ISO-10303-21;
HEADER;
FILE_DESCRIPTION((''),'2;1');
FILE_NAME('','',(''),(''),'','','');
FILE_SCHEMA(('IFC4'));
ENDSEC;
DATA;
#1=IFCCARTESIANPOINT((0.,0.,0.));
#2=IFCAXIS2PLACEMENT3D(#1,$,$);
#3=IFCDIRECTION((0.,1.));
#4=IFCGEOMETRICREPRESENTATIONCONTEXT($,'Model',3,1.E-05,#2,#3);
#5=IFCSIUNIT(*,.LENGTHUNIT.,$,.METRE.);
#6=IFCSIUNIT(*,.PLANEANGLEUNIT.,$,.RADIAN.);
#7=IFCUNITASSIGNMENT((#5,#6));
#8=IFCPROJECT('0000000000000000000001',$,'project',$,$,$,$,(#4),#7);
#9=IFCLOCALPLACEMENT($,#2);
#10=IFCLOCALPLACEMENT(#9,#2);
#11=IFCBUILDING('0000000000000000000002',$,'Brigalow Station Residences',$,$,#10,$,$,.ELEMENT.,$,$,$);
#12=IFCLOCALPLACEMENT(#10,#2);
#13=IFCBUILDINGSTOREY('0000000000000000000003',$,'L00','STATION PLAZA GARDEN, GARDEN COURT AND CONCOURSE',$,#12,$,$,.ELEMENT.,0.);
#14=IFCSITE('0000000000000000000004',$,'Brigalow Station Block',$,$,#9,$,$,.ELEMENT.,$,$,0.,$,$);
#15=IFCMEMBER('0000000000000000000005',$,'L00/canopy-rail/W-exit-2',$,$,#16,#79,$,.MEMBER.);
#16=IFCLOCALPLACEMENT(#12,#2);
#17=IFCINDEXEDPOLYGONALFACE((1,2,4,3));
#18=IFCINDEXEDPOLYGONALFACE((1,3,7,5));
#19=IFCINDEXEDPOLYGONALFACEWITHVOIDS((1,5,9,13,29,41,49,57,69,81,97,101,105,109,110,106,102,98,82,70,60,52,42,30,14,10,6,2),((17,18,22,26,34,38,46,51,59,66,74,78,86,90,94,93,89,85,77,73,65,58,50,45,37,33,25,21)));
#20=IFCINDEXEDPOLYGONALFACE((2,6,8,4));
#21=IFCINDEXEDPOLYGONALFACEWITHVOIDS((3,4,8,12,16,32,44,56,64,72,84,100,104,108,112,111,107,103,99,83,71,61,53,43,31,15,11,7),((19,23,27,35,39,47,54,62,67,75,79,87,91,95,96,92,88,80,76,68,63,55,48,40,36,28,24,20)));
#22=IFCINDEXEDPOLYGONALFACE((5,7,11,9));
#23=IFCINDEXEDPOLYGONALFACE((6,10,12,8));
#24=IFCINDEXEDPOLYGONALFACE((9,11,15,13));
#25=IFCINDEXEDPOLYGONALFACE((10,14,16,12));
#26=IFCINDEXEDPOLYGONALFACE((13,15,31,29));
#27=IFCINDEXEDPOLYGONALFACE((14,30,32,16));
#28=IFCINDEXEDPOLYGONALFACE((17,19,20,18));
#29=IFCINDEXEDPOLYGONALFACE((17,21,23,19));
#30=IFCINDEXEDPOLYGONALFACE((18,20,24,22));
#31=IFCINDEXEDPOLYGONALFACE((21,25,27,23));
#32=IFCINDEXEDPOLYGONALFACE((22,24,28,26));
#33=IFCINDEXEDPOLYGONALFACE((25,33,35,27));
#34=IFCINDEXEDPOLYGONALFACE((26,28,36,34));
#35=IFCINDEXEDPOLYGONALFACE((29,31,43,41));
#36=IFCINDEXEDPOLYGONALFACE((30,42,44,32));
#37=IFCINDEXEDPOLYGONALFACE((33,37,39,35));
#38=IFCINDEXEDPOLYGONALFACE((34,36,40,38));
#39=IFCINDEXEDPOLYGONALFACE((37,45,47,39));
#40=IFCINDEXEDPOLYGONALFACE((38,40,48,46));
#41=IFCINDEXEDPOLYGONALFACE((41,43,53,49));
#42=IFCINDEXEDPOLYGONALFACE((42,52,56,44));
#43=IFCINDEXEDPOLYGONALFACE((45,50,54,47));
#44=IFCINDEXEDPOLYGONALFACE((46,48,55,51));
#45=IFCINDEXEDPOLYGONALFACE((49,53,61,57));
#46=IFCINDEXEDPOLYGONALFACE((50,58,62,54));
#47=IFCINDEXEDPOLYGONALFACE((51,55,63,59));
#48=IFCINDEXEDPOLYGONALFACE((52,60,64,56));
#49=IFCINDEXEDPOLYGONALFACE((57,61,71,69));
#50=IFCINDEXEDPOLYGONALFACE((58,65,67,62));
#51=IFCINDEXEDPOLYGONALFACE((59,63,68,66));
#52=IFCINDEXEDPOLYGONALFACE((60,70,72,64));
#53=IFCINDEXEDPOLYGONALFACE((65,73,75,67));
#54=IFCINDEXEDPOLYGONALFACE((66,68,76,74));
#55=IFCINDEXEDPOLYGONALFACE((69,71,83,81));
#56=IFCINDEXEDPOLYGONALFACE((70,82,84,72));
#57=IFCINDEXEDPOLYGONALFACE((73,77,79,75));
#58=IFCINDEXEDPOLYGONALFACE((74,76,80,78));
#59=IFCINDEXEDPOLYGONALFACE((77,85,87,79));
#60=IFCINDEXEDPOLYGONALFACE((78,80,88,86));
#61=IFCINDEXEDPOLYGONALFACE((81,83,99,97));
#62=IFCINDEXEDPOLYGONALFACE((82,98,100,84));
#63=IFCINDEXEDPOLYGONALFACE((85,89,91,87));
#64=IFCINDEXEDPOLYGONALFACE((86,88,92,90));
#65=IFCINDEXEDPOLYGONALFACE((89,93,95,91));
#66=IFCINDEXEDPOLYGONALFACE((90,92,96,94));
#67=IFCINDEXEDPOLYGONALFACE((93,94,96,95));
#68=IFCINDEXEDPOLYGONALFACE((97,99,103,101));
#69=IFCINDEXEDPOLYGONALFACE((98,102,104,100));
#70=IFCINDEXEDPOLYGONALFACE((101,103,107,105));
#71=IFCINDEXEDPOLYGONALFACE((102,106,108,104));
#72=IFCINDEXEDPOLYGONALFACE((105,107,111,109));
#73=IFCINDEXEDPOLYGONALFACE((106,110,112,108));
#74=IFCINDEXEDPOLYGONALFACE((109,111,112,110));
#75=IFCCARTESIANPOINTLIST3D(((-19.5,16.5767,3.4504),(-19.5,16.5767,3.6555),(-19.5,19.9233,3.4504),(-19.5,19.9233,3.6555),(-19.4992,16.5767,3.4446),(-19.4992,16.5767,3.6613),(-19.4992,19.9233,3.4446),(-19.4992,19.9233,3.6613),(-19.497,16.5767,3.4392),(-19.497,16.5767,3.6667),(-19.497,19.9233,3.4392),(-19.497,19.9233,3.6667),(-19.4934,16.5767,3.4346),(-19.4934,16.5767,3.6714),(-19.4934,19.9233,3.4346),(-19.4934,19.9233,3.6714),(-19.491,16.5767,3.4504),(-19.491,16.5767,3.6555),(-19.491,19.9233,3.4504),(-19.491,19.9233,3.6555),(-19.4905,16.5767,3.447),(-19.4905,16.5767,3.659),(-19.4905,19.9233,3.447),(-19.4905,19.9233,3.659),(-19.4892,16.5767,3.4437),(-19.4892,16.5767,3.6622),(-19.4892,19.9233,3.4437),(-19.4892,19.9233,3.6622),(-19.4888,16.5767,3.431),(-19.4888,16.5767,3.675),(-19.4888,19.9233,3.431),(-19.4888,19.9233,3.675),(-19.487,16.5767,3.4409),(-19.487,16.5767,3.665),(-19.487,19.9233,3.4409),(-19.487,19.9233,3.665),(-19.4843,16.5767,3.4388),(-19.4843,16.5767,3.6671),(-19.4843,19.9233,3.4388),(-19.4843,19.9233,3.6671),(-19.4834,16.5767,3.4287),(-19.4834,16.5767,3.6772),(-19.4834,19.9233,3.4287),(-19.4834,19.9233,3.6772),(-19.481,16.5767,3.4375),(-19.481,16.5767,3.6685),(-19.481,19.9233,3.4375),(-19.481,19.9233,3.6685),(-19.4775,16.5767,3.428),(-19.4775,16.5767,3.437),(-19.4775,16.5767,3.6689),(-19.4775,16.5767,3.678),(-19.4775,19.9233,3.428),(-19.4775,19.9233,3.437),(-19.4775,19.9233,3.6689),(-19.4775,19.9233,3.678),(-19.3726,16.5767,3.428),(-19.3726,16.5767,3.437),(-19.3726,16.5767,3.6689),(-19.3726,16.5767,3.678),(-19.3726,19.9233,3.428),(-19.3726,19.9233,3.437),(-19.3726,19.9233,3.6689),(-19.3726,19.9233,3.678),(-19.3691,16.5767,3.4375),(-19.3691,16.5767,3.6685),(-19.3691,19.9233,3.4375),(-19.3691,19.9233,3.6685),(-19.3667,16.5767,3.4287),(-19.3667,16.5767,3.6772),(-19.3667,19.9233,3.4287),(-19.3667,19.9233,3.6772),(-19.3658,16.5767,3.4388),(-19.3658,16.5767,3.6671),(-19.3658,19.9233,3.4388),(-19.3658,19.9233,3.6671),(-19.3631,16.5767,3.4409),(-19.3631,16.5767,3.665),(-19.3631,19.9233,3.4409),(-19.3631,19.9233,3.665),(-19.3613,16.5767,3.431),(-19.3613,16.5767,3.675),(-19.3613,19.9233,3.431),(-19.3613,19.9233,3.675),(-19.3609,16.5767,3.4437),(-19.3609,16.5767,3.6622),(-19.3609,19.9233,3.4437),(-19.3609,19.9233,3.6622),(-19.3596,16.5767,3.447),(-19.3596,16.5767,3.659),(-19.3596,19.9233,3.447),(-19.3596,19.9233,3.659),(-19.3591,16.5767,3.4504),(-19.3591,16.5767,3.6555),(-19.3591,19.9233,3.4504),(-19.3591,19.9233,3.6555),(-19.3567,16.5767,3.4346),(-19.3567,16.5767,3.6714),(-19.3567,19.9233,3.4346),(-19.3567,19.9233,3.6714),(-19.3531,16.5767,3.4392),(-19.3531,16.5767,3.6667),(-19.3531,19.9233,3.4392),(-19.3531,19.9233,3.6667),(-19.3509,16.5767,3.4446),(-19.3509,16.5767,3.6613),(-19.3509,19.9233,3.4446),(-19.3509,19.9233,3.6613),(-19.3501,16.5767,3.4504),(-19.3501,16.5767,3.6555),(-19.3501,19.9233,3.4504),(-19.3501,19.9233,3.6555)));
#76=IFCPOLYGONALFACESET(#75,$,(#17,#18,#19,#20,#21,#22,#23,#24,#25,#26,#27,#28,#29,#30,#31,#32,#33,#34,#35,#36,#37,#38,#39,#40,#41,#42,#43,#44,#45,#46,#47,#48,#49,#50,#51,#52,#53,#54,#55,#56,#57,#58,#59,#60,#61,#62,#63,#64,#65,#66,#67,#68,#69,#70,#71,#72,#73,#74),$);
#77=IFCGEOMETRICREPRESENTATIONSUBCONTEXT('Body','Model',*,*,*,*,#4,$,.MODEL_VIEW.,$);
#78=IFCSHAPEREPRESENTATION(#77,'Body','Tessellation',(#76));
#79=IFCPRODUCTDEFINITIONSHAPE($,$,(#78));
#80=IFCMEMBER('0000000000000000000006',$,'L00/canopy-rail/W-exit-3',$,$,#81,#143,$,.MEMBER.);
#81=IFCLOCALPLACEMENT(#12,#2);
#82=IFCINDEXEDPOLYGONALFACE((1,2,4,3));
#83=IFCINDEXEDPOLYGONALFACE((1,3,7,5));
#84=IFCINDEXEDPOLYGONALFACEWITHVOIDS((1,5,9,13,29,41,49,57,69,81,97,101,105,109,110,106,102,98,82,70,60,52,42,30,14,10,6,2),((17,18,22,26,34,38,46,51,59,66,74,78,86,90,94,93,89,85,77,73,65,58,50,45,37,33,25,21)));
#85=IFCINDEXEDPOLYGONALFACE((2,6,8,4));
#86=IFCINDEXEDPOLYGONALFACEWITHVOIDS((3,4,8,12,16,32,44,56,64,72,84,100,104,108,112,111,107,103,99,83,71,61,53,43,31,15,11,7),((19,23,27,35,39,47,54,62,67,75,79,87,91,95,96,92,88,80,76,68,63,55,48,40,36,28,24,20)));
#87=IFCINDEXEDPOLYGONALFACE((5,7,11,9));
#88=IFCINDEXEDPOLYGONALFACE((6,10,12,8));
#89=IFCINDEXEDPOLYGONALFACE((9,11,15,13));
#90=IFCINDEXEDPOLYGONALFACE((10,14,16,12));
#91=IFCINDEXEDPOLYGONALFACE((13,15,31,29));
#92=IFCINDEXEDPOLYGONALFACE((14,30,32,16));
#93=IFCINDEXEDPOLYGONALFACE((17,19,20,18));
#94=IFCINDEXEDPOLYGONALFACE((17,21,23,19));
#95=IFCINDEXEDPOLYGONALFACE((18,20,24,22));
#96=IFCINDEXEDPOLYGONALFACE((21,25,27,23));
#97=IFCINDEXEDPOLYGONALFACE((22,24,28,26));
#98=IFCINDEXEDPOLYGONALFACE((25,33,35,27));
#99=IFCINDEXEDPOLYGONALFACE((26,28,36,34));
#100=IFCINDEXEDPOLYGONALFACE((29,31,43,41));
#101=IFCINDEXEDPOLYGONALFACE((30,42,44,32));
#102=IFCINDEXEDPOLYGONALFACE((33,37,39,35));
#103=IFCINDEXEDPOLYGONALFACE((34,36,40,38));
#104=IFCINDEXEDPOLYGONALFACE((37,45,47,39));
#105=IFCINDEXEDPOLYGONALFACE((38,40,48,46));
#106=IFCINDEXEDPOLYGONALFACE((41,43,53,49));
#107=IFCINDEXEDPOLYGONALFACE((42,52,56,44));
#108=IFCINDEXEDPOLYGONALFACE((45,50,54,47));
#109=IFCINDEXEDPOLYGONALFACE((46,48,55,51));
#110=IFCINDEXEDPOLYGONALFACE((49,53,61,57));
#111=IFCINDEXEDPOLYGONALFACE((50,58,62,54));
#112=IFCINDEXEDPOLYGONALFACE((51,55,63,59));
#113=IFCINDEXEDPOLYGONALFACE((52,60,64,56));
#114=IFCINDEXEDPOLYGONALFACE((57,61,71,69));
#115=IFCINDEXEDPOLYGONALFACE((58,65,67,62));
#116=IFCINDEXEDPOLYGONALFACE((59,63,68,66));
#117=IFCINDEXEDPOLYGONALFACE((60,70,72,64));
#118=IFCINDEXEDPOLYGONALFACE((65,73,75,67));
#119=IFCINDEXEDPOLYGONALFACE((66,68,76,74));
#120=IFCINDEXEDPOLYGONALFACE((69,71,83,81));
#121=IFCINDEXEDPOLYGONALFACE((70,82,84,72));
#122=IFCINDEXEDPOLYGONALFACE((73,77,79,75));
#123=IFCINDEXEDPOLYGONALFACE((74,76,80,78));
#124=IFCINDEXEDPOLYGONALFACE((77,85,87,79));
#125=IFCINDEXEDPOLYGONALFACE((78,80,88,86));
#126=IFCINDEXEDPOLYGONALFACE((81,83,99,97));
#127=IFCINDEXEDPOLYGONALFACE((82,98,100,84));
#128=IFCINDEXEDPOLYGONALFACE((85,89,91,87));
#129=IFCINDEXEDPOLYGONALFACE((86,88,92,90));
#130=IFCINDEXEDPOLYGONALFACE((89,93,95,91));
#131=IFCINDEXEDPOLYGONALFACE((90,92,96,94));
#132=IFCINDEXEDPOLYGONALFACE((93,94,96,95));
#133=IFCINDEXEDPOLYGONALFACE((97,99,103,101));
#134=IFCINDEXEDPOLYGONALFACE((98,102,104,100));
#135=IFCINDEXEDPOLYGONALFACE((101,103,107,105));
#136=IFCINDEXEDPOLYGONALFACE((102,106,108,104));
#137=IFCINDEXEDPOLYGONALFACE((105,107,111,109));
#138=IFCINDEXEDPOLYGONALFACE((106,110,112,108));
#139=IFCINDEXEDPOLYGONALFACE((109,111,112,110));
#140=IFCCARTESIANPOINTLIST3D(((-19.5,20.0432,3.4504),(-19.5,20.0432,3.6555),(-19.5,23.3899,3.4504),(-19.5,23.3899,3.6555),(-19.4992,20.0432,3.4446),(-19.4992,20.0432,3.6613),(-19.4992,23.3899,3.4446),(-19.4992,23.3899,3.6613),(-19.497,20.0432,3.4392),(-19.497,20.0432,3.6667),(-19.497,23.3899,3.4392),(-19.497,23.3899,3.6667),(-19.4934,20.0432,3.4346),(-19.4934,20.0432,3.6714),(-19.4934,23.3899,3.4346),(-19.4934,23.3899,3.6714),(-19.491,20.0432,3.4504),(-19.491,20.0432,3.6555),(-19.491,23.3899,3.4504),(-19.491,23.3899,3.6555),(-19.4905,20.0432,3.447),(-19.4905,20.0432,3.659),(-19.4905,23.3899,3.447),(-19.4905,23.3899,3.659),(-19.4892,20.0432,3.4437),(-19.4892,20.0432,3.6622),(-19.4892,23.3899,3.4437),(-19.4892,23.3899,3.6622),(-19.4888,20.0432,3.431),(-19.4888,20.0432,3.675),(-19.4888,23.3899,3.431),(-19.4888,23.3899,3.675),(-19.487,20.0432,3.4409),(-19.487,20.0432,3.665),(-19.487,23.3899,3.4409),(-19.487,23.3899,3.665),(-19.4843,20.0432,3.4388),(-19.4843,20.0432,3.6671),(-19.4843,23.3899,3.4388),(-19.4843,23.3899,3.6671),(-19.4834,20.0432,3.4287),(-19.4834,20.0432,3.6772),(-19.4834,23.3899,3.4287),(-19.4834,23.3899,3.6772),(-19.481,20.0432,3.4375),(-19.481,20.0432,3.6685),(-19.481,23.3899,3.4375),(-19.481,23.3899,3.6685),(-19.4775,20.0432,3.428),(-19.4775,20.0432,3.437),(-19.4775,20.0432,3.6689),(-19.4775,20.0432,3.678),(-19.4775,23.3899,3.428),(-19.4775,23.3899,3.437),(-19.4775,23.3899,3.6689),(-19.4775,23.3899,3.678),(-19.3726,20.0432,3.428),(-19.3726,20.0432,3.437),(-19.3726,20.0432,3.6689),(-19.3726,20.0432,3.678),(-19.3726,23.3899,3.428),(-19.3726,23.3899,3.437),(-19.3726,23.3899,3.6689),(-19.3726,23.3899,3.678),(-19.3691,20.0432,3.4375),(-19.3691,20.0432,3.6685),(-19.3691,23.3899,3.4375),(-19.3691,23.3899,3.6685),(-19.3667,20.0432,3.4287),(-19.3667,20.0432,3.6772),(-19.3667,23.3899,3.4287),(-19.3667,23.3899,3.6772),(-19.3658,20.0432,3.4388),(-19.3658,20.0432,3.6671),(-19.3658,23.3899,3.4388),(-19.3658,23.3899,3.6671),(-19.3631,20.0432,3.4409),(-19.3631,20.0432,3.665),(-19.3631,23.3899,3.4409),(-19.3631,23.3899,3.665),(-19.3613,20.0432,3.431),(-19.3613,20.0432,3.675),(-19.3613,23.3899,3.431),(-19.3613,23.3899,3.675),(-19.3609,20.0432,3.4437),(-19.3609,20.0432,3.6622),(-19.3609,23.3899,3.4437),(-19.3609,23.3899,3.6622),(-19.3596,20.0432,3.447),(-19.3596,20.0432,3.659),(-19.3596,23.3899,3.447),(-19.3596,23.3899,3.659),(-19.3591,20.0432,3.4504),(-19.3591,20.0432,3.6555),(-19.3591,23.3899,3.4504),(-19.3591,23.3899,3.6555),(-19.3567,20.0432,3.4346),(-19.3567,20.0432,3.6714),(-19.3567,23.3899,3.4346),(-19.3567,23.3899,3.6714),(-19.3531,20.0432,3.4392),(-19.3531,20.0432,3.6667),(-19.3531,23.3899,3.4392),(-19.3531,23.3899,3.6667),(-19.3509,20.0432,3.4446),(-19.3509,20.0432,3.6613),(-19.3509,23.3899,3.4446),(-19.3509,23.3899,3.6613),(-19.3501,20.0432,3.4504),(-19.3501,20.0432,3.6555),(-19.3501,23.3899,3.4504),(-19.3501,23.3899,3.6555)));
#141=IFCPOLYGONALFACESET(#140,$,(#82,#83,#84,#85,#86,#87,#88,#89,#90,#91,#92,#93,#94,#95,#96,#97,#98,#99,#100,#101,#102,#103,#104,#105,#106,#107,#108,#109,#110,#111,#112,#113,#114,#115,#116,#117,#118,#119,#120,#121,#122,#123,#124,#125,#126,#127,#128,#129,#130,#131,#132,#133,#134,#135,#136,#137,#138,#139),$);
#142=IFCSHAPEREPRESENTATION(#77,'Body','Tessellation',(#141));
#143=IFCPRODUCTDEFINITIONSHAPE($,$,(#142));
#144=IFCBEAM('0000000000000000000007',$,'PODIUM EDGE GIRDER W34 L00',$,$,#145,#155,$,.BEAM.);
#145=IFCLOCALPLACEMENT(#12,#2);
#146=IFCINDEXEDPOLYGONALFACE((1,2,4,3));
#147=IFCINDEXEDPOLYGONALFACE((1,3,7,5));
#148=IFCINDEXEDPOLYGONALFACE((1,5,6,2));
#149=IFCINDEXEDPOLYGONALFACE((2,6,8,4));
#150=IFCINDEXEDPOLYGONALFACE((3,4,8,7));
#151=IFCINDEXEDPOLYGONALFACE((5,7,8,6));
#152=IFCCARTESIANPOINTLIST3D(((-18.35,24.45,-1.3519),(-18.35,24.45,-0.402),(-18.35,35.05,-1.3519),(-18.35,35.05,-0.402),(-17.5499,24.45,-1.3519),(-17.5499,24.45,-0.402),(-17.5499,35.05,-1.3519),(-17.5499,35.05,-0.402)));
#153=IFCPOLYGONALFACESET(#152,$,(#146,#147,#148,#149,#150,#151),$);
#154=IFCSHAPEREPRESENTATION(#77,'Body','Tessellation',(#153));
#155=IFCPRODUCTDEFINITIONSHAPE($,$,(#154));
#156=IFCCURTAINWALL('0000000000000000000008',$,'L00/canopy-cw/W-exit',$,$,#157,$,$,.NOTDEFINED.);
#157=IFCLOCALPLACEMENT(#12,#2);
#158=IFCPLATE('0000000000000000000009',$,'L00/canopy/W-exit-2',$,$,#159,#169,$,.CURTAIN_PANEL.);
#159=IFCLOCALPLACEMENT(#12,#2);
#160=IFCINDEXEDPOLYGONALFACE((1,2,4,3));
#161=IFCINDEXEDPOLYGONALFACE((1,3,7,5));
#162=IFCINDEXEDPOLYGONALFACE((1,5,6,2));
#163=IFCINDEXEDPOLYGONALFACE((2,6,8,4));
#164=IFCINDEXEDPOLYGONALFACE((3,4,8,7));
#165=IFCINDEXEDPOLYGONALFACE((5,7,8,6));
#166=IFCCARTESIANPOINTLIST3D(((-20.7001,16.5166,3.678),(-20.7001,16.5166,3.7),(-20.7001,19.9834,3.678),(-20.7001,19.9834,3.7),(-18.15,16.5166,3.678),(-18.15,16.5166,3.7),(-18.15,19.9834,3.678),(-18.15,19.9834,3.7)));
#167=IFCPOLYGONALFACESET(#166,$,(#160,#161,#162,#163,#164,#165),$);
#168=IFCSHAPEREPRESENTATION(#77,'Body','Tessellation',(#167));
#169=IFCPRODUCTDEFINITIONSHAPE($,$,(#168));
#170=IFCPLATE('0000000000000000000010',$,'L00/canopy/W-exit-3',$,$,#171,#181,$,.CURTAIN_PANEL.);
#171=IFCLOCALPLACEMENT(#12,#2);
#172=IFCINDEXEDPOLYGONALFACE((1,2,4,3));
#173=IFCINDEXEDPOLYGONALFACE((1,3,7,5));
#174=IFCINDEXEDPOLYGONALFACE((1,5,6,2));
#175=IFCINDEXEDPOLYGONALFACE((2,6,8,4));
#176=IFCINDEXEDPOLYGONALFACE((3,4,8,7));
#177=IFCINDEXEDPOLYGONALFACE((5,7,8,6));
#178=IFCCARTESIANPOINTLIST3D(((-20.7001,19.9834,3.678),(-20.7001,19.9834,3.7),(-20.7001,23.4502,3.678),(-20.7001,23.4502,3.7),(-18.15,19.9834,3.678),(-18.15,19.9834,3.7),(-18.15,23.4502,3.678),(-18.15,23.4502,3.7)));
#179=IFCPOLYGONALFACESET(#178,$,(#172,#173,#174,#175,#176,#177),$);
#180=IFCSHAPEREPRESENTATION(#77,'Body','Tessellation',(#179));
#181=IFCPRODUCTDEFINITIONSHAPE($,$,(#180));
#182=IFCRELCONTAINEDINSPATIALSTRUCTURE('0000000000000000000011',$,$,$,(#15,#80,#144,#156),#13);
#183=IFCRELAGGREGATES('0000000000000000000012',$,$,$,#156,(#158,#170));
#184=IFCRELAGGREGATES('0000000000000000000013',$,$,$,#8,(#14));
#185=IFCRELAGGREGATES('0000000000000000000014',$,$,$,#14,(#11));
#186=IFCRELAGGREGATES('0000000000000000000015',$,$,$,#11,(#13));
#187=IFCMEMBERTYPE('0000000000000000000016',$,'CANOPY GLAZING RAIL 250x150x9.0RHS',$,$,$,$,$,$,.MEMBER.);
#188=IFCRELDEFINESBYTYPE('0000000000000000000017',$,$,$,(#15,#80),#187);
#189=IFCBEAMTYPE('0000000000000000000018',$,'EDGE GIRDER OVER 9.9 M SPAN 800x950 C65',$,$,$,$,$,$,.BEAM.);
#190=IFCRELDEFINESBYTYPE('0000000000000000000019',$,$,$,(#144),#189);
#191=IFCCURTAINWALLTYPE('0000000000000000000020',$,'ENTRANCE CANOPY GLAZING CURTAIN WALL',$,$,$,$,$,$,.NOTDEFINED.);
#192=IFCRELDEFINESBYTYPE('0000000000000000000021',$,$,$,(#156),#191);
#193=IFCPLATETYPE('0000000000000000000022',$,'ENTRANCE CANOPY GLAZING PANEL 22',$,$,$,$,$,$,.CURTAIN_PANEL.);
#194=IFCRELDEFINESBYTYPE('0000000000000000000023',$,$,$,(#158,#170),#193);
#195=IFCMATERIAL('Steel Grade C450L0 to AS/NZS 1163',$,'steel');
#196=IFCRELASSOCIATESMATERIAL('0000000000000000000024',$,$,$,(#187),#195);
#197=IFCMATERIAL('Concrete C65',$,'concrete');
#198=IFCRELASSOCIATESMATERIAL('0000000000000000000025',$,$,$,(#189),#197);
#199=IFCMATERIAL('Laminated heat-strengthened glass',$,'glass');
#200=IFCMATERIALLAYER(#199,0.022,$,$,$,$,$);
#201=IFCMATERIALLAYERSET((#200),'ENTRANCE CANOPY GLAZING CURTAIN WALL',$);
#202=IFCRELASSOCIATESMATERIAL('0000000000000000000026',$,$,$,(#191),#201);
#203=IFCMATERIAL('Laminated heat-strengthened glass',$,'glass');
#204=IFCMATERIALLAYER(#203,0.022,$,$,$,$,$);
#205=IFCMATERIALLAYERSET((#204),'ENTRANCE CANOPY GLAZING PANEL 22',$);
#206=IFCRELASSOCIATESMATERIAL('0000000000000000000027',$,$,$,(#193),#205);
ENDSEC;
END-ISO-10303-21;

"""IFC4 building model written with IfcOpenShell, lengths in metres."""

from ifc_helpers import new_model, si_unit, direction, frame, origin, origin_2d, place, context, subcontext, project, spatial, rectangle, hollow_rectangle, extrude, material, layer, layer_set, material_profile, profile_set, type_object, element, aggregate, save


model = new_model("IFC4")

# Units and contexts
model_context = context("Model", 3, precision=1e-05, world=origin(), true_north=direction((0.0, 1.0)))
body_context = subcontext(model_context, "Body", "Model", "MODEL_VIEW")
ifc_project = project(units=[si_unit("LENGTHUNIT", "METRE"), si_unit("PLANEANGLEUNIT", "RADIAN")], contexts=[model_context])

# Site, building, storey
site_placement = place(None, origin())
site = spatial("IfcSite", under=ifc_project, at=site_placement, Name="Brigalow Station Block", CompositionType="ELEMENT", RefElevation=0.0)
building_placement = place(site_placement, origin())
building = spatial("IfcBuilding", under=site, at=building_placement, Name="Brigalow Station Residences", CompositionType="ELEMENT")
storey_placement = place(building_placement, origin())
storey = spatial("IfcBuildingStorey", under=building, at=storey_placement, Name="L00", Description="STATION PLAZA GARDEN, GARDEN COURT AND CONCOURSE", CompositionType="ELEMENT", Elevation=0.0)

# Members
ifc_material_1 = material(Name="Steel Grade C450L0 to AS/NZS 1163", Category="steel")
ifc_material_profile_1 = material_profile(ifc_material_1, hollow_rectangle(XDim=0.1499, YDim=0.25, WallThickness=0.009, InnerFilletRadius=0.0134, OuterFilletRadius=0.0225, at=origin_2d()), Name="250x150x9.0RHS")
ifc_profile_set_1 = profile_set([ifc_material_profile_1], Name="Steel Grade C450L0 to AS/NZS 1163")
member_type = type_object("IfcMemberType", Name="CANOPY GLAZING RAIL 250x150x9.0RHS", PredefinedType="MEMBER", material=ifc_profile_set_1)
for number, where, z_axis, x_axis, name in (
    (1, (-19.425, 16.5767, 3.553), (0.0, 1.0, 0.0), (-1.0, 0.0, 0.0), "L00/canopy-rail/W-exit-2"),
    (2, (-19.425, 20.0432, 3.553), (0.0, 1.0, 0.0), (-1.0, 0.0, 0.0), "L00/canopy-rail/W-exit-3"),
):
    element("IfcMember", number, at=place(storey_placement, frame(where, z_axis=z_axis, x_axis=x_axis)), inside=storey, type_object=member_type, Name=name, PredefinedType="MEMBER", context=body_context, shape_type="SweptSolid", body=[
        extrude(hollow_rectangle(XDim=0.1499, YDim=0.25, WallThickness=0.009, InnerFilletRadius=0.0134, OuterFilletRadius=0.0225, at=origin_2d()), origin(), (0.0, 0.0, 1.0), 3.3467),
    ])

# Beam
ifc_material_2 = material(Name="Concrete C65", Category="concrete")
ifc_material_profile_2 = material_profile(ifc_material_2, rectangle(XDim=0.8, YDim=0.95, at=origin_2d()), Name="RC800x950")
ifc_profile_set_2 = profile_set([ifc_material_profile_2], Name="Concrete C65")
beam_type_1 = type_object("IfcBeamType", Name="EDGE GIRDER OVER 9.9 M SPAN 800x950 C65", PredefinedType="BEAM", material=ifc_profile_set_2)
beam_placement = place(storey_placement, frame((-17.95, 24.45, -0.877), z_axis=(0.0, 1.0, 0.0), x_axis=(-1.0, 0.0, 0.0)))
element("IfcBeam", 3, at=beam_placement, inside=storey, type_object=beam_type_1, Name="PODIUM EDGE GIRDER W34 L00", PredefinedType="BEAM", context=body_context, shape_type="SweptSolid", body=[
    extrude(rectangle(XDim=0.8, YDim=0.95, at=origin_2d()), origin(), (0.0, 0.0, 1.0), 10.6001),
])

# Curtain wall, plates
ifc_material_3 = material(Name="Laminated heat-strengthened glass", Category="glass")
ifc_layer_1 = layer(ifc_material_3, 0.022)
ifc_layer_set_1 = layer_set([ifc_layer_1], Name="ENTRANCE CANOPY GLAZING CURTAIN WALL")
curtain_wall_type = type_object("IfcCurtainWallType", Name="ENTRANCE CANOPY GLAZING CURTAIN WALL", PredefinedType="NOTDEFINED", material=ifc_layer_set_1)
curtain_wall_placement = place(storey_placement, origin())
curtain_wall = element("IfcCurtainWall", 4, at=curtain_wall_placement, inside=storey, type_object=curtain_wall_type, Name="L00/canopy-cw/W-exit", PredefinedType="NOTDEFINED")
ifc_material_4 = material(Name="Laminated heat-strengthened glass", Category="glass")
ifc_layer_2 = layer(ifc_material_4, 0.022)
ifc_layer_set_2 = layer_set([ifc_layer_2], Name="ENTRANCE CANOPY GLAZING PANEL 22")
plate_type = type_object("IfcPlateType", Name="ENTRANCE CANOPY GLAZING PANEL 22", PredefinedType="CURTAIN_PANEL", material=ifc_layer_set_2)
plate_1_placement = place(storey_placement, frame((-19.425, 18.25, 3.678), z_axis=(0.0, 0.0, 1.0), x_axis=(0.0, 1.0, 0.0)))
plate_1 = element("IfcPlate", 5, at=plate_1_placement, type_object=plate_type, Name="L00/canopy/W-exit-2", PredefinedType="CURTAIN_PANEL", context=body_context, shape_type="SweptSolid", body=[
    extrude(rectangle(XDim=3.4668, YDim=2.55, at=origin_2d()), origin(), (0.0, 0.0, 1.0), 0.022),
])
plate_2_placement = place(storey_placement, frame((-19.425, 21.7168, 3.678), z_axis=(0.0, 0.0, 1.0), x_axis=(0.0, 1.0, 0.0)))
plate_2 = element("IfcPlate", 6, at=plate_2_placement, type_object=plate_type, Name="L00/canopy/W-exit-3", PredefinedType="CURTAIN_PANEL", context=body_context, shape_type="SweptSolid", body=[
    extrude(rectangle(XDim=3.4668, YDim=2.55, at=origin_2d()), origin(), (0.0, 0.0, 1.0), 0.022),
])
aggregate(curtain_wall, [plate_1, plate_2])

save(model, "model.ifc")
